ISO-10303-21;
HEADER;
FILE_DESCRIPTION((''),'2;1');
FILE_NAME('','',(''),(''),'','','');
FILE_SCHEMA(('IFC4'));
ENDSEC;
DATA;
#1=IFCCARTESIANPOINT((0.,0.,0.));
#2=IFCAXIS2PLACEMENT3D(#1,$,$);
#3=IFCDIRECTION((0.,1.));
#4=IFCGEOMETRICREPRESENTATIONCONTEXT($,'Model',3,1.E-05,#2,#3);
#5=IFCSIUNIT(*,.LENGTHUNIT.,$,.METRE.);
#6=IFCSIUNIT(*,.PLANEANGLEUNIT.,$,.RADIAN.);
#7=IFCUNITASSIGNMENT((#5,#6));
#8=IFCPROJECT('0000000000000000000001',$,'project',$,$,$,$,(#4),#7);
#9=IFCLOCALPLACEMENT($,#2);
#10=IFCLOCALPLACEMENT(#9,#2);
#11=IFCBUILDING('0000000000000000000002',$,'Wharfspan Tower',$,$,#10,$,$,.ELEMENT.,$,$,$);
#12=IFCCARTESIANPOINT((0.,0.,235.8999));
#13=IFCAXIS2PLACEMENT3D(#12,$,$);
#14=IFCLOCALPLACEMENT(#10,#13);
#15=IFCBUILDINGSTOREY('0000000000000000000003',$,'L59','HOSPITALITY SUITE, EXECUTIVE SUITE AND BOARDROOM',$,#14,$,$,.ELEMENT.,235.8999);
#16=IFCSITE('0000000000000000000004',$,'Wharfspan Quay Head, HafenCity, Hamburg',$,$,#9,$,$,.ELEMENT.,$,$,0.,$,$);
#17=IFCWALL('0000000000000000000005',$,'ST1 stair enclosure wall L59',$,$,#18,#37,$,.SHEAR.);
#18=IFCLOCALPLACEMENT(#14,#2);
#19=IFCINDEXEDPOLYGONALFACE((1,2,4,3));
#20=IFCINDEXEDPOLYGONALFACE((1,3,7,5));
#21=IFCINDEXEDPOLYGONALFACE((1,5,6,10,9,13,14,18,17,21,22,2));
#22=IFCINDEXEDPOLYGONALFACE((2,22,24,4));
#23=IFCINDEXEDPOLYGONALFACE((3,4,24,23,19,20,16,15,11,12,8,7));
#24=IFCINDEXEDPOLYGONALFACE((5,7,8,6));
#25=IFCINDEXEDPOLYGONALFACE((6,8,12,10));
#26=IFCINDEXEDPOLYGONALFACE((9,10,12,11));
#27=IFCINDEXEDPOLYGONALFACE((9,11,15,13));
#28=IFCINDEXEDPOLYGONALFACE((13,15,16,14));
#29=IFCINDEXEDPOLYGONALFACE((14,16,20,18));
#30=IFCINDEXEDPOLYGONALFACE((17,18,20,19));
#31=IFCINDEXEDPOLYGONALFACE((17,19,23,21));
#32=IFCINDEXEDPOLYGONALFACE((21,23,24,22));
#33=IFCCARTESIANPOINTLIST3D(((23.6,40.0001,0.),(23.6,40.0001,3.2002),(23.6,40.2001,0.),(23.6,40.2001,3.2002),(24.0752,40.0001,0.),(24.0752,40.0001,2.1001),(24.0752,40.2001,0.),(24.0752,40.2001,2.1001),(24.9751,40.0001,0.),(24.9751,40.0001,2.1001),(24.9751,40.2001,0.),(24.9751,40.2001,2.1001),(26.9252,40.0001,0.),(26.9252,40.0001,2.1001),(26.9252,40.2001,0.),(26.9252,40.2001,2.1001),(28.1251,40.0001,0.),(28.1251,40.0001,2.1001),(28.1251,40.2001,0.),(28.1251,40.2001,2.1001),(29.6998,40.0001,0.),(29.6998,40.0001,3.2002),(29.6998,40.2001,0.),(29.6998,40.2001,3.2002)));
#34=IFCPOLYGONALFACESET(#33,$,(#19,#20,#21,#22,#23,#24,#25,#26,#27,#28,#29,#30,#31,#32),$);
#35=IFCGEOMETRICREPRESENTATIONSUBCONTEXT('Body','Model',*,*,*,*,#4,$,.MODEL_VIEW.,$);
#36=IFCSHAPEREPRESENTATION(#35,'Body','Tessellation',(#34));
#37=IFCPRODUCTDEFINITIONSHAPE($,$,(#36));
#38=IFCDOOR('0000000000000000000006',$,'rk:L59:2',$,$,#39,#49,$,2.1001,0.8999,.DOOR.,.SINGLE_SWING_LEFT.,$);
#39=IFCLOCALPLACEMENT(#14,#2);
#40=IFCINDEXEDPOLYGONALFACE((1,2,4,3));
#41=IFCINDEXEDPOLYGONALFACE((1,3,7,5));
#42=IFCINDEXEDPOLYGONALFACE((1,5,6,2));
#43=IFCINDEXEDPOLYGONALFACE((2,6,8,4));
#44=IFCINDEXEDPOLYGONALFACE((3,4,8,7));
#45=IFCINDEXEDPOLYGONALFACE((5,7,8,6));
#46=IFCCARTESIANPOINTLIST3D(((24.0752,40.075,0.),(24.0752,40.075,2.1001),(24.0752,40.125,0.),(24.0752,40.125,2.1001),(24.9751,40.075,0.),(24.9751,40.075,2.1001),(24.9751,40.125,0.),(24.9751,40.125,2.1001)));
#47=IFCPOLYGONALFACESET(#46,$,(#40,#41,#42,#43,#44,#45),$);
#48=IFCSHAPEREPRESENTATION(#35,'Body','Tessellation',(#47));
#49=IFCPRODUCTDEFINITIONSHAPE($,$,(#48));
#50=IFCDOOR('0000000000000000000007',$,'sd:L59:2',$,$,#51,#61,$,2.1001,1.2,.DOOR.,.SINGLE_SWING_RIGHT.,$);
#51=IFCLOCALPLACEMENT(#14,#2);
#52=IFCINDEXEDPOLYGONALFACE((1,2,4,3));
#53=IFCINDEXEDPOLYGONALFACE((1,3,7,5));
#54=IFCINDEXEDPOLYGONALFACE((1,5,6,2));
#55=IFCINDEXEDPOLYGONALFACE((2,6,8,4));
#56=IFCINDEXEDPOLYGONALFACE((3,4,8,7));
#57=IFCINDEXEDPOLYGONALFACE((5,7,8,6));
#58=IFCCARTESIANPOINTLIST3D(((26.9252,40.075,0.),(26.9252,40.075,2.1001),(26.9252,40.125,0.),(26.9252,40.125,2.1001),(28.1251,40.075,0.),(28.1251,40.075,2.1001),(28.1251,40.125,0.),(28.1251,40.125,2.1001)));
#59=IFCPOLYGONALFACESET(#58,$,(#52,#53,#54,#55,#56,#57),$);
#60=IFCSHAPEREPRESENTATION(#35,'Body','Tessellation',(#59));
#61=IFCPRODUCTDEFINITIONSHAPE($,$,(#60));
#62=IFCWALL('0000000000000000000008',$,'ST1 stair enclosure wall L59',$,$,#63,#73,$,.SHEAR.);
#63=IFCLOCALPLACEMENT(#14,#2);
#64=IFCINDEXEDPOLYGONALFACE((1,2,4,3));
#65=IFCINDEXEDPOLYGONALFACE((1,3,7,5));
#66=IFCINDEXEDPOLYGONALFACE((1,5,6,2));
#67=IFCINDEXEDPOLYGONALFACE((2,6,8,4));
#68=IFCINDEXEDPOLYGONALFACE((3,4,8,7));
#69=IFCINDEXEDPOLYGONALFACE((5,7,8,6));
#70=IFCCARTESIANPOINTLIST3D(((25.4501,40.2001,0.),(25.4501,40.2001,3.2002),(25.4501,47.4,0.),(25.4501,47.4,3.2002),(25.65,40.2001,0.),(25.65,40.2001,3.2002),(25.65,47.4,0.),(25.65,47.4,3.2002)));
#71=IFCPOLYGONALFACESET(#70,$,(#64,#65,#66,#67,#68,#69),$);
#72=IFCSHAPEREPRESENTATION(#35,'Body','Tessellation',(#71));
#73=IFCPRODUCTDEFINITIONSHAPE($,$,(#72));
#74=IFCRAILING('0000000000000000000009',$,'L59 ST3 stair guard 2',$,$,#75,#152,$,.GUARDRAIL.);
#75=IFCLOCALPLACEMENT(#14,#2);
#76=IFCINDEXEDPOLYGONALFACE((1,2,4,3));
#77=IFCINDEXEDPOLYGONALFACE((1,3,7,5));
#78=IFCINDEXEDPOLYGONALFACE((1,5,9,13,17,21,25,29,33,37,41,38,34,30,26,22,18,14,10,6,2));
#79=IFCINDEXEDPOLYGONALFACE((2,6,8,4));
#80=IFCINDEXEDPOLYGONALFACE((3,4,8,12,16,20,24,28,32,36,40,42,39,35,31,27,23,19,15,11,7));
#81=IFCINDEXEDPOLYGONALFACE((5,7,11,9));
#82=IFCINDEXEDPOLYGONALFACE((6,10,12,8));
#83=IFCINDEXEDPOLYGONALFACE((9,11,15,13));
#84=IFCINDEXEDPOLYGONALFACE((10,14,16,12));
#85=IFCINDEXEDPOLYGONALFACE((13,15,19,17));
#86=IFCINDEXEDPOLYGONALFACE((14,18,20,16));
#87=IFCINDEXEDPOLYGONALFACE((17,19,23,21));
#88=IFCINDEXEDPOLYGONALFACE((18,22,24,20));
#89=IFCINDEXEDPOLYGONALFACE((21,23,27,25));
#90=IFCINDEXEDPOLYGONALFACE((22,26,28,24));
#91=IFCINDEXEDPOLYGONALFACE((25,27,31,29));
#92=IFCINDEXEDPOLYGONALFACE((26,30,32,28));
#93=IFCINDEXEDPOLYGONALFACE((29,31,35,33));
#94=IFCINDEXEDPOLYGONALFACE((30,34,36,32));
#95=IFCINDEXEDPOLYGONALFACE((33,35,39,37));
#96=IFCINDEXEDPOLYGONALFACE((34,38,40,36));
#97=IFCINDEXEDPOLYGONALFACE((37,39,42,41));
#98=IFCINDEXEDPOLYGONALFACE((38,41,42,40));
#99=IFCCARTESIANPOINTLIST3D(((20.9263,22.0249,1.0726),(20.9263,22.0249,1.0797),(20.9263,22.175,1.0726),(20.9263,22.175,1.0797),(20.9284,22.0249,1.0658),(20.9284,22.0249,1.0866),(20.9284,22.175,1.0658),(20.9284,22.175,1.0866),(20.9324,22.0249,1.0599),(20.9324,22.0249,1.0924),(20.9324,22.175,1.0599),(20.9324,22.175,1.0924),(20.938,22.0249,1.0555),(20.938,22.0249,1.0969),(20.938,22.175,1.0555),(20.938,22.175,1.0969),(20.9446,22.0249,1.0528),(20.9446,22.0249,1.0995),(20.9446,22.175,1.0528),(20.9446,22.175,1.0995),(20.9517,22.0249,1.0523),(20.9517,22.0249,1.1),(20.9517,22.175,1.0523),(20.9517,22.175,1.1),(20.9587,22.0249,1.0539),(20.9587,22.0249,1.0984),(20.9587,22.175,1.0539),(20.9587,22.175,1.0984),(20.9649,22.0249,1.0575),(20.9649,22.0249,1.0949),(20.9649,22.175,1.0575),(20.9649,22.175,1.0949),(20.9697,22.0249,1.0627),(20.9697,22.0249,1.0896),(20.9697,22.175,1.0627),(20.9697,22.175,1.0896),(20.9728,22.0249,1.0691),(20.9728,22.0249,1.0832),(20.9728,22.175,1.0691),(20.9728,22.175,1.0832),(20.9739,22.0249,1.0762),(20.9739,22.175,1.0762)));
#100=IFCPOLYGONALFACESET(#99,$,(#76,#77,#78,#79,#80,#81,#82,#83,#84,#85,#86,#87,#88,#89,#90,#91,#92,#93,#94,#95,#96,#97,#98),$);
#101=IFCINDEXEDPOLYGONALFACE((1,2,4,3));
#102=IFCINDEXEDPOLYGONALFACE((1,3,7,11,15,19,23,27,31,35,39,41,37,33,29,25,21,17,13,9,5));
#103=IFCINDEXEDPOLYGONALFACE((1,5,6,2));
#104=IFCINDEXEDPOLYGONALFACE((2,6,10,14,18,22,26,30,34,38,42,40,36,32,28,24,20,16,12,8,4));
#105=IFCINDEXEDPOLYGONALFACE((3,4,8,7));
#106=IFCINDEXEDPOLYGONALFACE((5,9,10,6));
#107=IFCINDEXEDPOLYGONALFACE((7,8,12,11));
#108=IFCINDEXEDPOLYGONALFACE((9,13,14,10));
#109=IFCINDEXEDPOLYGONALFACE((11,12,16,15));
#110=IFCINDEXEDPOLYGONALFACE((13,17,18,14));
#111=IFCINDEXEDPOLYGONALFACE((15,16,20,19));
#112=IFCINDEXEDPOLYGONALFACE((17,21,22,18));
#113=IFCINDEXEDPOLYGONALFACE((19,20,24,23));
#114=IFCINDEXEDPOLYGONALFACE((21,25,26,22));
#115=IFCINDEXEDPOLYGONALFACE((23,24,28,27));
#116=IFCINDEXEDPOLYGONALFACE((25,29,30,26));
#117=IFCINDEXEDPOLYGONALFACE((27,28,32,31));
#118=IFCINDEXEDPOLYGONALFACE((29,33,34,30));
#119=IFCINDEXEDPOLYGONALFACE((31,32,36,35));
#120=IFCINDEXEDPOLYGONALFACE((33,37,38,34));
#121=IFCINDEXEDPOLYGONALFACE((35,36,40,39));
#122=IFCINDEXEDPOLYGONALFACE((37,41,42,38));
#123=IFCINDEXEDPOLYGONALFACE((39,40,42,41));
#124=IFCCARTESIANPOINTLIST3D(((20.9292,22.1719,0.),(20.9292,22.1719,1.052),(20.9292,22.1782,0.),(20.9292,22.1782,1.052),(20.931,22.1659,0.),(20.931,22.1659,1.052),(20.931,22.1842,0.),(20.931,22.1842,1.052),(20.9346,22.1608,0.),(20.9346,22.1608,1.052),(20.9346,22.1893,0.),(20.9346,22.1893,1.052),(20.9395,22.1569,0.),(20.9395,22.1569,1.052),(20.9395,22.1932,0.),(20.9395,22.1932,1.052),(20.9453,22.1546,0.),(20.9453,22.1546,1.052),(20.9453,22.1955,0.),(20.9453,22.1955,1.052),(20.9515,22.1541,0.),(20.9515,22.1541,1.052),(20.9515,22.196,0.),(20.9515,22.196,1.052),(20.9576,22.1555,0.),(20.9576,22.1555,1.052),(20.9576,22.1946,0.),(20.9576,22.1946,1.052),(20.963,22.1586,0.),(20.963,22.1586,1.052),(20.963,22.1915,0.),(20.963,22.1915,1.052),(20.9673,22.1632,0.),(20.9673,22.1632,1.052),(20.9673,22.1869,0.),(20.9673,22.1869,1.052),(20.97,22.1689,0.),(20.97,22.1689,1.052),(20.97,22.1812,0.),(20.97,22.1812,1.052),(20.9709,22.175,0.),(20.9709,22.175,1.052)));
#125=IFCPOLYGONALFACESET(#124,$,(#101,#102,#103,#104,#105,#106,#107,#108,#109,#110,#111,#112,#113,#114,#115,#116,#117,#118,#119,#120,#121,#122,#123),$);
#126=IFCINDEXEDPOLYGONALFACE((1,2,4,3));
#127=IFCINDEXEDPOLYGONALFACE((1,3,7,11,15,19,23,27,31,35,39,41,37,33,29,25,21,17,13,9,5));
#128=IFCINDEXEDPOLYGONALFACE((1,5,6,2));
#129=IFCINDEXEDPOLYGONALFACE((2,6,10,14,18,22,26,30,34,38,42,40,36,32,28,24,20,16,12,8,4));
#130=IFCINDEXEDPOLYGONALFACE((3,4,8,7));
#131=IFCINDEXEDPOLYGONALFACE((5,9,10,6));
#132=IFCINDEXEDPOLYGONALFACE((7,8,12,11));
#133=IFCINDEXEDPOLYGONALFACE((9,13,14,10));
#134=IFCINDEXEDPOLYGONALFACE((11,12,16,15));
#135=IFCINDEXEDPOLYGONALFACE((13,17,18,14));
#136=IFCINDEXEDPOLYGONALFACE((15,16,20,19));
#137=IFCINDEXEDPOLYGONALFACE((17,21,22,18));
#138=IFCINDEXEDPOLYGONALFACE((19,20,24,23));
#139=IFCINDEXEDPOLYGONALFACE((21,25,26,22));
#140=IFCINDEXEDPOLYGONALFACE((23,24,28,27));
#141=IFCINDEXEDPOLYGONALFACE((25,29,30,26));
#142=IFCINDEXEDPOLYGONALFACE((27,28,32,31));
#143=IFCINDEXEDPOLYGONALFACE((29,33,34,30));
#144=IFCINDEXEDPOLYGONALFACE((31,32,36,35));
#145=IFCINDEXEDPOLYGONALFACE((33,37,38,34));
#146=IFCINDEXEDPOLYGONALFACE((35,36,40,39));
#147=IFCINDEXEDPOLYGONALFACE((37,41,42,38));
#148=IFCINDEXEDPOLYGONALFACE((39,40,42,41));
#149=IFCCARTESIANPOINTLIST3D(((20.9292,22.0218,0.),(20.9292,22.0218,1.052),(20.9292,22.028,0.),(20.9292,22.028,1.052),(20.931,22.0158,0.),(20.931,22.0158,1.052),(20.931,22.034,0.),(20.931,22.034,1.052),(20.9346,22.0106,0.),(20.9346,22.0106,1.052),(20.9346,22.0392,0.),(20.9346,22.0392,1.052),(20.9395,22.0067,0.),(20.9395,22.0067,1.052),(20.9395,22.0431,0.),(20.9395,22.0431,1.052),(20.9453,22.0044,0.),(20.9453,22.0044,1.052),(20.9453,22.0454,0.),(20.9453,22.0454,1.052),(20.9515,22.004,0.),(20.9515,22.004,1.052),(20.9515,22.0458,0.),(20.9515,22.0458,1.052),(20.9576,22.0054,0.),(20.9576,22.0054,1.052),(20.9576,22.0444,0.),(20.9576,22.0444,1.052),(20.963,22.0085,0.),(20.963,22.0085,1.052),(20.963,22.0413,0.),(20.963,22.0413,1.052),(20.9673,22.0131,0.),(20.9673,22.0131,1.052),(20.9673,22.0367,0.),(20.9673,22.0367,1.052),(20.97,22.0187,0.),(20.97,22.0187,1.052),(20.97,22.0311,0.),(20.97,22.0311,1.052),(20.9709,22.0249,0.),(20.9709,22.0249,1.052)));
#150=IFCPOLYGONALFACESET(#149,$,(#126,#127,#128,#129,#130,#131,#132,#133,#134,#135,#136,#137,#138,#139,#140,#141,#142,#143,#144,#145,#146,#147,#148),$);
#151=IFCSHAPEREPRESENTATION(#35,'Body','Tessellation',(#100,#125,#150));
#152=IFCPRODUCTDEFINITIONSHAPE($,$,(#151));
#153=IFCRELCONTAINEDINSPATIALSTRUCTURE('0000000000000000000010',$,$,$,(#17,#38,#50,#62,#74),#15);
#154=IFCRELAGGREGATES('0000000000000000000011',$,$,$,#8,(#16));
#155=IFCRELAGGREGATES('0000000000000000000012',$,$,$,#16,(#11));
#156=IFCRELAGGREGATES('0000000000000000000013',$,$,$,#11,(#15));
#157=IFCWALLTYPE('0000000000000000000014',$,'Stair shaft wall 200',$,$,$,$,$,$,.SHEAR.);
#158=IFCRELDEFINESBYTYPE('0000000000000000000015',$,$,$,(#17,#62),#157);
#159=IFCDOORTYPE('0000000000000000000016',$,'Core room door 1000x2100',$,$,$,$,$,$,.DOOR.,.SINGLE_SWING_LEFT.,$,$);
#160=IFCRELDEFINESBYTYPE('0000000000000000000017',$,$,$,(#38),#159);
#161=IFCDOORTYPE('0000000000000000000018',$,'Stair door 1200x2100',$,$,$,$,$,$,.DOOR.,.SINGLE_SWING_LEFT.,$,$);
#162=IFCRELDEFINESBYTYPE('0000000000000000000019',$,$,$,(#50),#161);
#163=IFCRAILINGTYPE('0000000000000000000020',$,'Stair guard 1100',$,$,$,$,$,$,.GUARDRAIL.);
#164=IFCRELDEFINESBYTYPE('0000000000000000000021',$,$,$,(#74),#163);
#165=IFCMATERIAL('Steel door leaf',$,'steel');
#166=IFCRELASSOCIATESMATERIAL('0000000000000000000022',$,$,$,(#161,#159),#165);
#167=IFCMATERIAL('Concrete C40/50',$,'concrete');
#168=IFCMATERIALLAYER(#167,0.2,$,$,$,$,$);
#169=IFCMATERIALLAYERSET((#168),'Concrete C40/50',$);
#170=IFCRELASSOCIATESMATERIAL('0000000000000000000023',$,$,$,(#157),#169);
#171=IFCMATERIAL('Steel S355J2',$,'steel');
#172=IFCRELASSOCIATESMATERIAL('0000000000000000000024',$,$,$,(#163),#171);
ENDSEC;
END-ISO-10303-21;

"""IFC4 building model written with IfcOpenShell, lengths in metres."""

from ifc_helpers import new_model, si_unit, direction, frame, frame_2d, origin, origin_2d, place, context, subcontext, project, spatial, rectangle, circle, extrude, material, layer, layer_set, type_object, element, fill, save


model = new_model("IFC4")

# Units and contexts
model_context = context("Model", 3, precision=1e-05, world=origin(), true_north=direction((0.0, 1.0)))
body_context = subcontext(model_context, "Body", "Model", "MODEL_VIEW")
ifc_project = project(units=[si_unit("LENGTHUNIT", "METRE"), si_unit("PLANEANGLEUNIT", "RADIAN")], contexts=[model_context])

# Site, building, storey
site_placement = place(None, origin())
site = spatial("IfcSite", under=ifc_project, at=site_placement, Name="Wharfspan Quay Head, HafenCity, Hamburg", CompositionType="ELEMENT", RefElevation=0.0)
building_placement = place(site_placement, origin())
building = spatial("IfcBuilding", under=site, at=building_placement, Name="Wharfspan Tower", CompositionType="ELEMENT")
storey_placement = place(building_placement, frame((0.0, 0.0, 235.8999)))
storey = spatial("IfcBuildingStorey", under=building, at=storey_placement, Name="L59", Description="HOSPITALITY SUITE, EXECUTIVE SUITE AND BOARDROOM", CompositionType="ELEMENT", Elevation=235.8999)

# Shared definitions
ifc_material_1 = material(Name="Steel S355J2", Category="steel")

# Shared definitions
ifc_material_2 = material(Name="Steel door leaf", Category="steel")
door_type_1 = type_object("IfcDoorType", Name="Stair door 1200x2100", OperationType="SINGLE_SWING_LEFT", PredefinedType="DOOR", material=ifc_material_2)

# Wall, openings, doors
ifc_material_3 = material(Name="Concrete C40/50", Category="concrete")
ifc_layer_1 = layer(ifc_material_3, 0.2)
ifc_layer_set_1 = layer_set([ifc_layer_1], Name="Concrete C40/50")
wall_type_1 = type_object("IfcWallType", Name="Stair shaft wall 200", PredefinedType="SHEAR", material=ifc_layer_set_1)
wall_1_placement = place(storey_placement, frame((23.6001, 40.1001, 0.0), z_axis=(0.0, 0.0, 1.0), x_axis=(1.0, 0.0, 0.0)))
wall_1 = element("IfcWall", 1, at=wall_1_placement, inside=storey, type_object=wall_type_1, Name="ST1 stair enclosure wall L59", PredefinedType="SHEAR", context=body_context, shape_type="SweptSolid", body=[
    extrude(rectangle(XDim=6.0999, YDim=0.2, at=frame_2d((3.0498, 0.0))), origin(), (0.0, 0.0, 1.0), 3.2002),
])
opening_1_placement = place(wall_1_placement, frame((3.325, 0.0, 0.0)))
opening_1 = element("IfcOpeningElement", 2, at=opening_1_placement, cuts=wall_1, PredefinedType="OPENING", context=body_context, shape_type="SweptSolid", body=[
    extrude(rectangle(XDim=1.2, YDim=2.1001, at=frame_2d((0.6001, 1.05))), frame((0.0, 0.1099, 0.0), z_axis=(0.0, -1.0, 0.0), x_axis=(1.0, 0.0, 0.0)), (0.0, 0.0, 1.0), 0.22),
])
opening_2_placement = place(wall_1_placement, frame((0.4751, 0.0, 0.0)))
opening_2 = element("IfcOpeningElement", 3, at=opening_2_placement, cuts=wall_1, PredefinedType="OPENING", context=body_context, shape_type="SweptSolid", body=[
    extrude(rectangle(XDim=0.8999, YDim=2.1001, at=frame_2d((0.45, 1.05))), frame((0.0, 0.1099, 0.0), z_axis=(0.0, -1.0, 0.0), x_axis=(1.0, 0.0, 0.0)), (0.0, 0.0, 1.0), 0.22),
])
door_type_2 = type_object("IfcDoorType", Name="Core room door 1000x2100", OperationType="SINGLE_SWING_LEFT", PredefinedType="DOOR", material=ifc_material_2)
door_1_placement = place(opening_2_placement, origin())
door_1 = element("IfcDoor", 4, at=door_1_placement, inside=storey, type_object=door_type_2, Name="rk:L59:2", OperationType="SINGLE_SWING_LEFT", OverallHeight=2.1001, OverallWidth=0.8999, PredefinedType="DOOR", context=body_context, shape_type="SweptSolid", body=[
    extrude(rectangle(XDim=0.8999, YDim=2.1001, at=frame_2d((0.45, 1.05))), frame((0.0, 0.0249, 0.0), z_axis=(0.0, -1.0, 0.0), x_axis=(1.0, 0.0, 0.0)), (0.0, 0.0, 1.0), 0.05),
])
fill(opening_2, door_1)
door_2_placement = place(opening_1_placement, origin())
door_2 = element("IfcDoor", 5, at=door_2_placement, inside=storey, type_object=door_type_1, Name="sd:L59:2", OperationType="SINGLE_SWING_RIGHT", OverallHeight=2.1001, OverallWidth=1.2, PredefinedType="DOOR", context=body_context, shape_type="SweptSolid", body=[
    extrude(rectangle(XDim=1.2, YDim=2.1001, at=frame_2d((0.6001, 1.05))), frame((0.0, 0.0249, 0.0), z_axis=(0.0, -1.0, 0.0), x_axis=(1.0, 0.0, 0.0)), (0.0, 0.0, 1.0), 0.05),
])
fill(opening_1, door_2)

# Wall
wall_2_placement = place(storey_placement, frame((25.55, 40.2, 0.0), z_axis=(0.0, 0.0, 1.0), x_axis=(0.0, 1.0, 0.0)))
element("IfcWall", 6, at=wall_2_placement, inside=storey, type_object=wall_type_1, Name="ST1 stair enclosure wall L59", PredefinedType="SHEAR", context=body_context, shape_type="SweptSolid", body=[
    extrude(rectangle(XDim=7.2, YDim=0.2, at=frame_2d((3.6001, 0.0))), origin(), (0.0, 0.0, 1.0), 3.2002),
])

# Railing
railing_type_1 = type_object("IfcRailingType", Name="Stair guard 1100", PredefinedType="GUARDRAIL", material=ifc_material_1)
railing_1_placement = place(storey_placement, frame((20.95, 22.175, 0.0)))
element("IfcRailing", 7, at=railing_1_placement, inside=storey, type_object=railing_type_1, Name="L59 ST3 stair guard 2", PredefinedType="GUARDRAIL", context=body_context, shape_type="SweptSolid", body=[
    extrude(circle(Radius=0.0239, at=origin_2d()), frame((0.0, 0.0, 1.0762), z_axis=(0.0, -1.0, 0.0), x_axis=(1.0, 0.0, 0.0)), (0.0, 0.0, 1.0), 0.1501),
    extrude(circle(Radius=0.021, at=origin_2d()), origin(), (0.0, 0.0, 1.0), 1.052),
    extrude(circle(Radius=0.021, at=origin_2d()), frame((0.0, -0.1501, 0.0)), (0.0, 0.0, 1.0), 1.052),
])

save(model, "model.ifc")
